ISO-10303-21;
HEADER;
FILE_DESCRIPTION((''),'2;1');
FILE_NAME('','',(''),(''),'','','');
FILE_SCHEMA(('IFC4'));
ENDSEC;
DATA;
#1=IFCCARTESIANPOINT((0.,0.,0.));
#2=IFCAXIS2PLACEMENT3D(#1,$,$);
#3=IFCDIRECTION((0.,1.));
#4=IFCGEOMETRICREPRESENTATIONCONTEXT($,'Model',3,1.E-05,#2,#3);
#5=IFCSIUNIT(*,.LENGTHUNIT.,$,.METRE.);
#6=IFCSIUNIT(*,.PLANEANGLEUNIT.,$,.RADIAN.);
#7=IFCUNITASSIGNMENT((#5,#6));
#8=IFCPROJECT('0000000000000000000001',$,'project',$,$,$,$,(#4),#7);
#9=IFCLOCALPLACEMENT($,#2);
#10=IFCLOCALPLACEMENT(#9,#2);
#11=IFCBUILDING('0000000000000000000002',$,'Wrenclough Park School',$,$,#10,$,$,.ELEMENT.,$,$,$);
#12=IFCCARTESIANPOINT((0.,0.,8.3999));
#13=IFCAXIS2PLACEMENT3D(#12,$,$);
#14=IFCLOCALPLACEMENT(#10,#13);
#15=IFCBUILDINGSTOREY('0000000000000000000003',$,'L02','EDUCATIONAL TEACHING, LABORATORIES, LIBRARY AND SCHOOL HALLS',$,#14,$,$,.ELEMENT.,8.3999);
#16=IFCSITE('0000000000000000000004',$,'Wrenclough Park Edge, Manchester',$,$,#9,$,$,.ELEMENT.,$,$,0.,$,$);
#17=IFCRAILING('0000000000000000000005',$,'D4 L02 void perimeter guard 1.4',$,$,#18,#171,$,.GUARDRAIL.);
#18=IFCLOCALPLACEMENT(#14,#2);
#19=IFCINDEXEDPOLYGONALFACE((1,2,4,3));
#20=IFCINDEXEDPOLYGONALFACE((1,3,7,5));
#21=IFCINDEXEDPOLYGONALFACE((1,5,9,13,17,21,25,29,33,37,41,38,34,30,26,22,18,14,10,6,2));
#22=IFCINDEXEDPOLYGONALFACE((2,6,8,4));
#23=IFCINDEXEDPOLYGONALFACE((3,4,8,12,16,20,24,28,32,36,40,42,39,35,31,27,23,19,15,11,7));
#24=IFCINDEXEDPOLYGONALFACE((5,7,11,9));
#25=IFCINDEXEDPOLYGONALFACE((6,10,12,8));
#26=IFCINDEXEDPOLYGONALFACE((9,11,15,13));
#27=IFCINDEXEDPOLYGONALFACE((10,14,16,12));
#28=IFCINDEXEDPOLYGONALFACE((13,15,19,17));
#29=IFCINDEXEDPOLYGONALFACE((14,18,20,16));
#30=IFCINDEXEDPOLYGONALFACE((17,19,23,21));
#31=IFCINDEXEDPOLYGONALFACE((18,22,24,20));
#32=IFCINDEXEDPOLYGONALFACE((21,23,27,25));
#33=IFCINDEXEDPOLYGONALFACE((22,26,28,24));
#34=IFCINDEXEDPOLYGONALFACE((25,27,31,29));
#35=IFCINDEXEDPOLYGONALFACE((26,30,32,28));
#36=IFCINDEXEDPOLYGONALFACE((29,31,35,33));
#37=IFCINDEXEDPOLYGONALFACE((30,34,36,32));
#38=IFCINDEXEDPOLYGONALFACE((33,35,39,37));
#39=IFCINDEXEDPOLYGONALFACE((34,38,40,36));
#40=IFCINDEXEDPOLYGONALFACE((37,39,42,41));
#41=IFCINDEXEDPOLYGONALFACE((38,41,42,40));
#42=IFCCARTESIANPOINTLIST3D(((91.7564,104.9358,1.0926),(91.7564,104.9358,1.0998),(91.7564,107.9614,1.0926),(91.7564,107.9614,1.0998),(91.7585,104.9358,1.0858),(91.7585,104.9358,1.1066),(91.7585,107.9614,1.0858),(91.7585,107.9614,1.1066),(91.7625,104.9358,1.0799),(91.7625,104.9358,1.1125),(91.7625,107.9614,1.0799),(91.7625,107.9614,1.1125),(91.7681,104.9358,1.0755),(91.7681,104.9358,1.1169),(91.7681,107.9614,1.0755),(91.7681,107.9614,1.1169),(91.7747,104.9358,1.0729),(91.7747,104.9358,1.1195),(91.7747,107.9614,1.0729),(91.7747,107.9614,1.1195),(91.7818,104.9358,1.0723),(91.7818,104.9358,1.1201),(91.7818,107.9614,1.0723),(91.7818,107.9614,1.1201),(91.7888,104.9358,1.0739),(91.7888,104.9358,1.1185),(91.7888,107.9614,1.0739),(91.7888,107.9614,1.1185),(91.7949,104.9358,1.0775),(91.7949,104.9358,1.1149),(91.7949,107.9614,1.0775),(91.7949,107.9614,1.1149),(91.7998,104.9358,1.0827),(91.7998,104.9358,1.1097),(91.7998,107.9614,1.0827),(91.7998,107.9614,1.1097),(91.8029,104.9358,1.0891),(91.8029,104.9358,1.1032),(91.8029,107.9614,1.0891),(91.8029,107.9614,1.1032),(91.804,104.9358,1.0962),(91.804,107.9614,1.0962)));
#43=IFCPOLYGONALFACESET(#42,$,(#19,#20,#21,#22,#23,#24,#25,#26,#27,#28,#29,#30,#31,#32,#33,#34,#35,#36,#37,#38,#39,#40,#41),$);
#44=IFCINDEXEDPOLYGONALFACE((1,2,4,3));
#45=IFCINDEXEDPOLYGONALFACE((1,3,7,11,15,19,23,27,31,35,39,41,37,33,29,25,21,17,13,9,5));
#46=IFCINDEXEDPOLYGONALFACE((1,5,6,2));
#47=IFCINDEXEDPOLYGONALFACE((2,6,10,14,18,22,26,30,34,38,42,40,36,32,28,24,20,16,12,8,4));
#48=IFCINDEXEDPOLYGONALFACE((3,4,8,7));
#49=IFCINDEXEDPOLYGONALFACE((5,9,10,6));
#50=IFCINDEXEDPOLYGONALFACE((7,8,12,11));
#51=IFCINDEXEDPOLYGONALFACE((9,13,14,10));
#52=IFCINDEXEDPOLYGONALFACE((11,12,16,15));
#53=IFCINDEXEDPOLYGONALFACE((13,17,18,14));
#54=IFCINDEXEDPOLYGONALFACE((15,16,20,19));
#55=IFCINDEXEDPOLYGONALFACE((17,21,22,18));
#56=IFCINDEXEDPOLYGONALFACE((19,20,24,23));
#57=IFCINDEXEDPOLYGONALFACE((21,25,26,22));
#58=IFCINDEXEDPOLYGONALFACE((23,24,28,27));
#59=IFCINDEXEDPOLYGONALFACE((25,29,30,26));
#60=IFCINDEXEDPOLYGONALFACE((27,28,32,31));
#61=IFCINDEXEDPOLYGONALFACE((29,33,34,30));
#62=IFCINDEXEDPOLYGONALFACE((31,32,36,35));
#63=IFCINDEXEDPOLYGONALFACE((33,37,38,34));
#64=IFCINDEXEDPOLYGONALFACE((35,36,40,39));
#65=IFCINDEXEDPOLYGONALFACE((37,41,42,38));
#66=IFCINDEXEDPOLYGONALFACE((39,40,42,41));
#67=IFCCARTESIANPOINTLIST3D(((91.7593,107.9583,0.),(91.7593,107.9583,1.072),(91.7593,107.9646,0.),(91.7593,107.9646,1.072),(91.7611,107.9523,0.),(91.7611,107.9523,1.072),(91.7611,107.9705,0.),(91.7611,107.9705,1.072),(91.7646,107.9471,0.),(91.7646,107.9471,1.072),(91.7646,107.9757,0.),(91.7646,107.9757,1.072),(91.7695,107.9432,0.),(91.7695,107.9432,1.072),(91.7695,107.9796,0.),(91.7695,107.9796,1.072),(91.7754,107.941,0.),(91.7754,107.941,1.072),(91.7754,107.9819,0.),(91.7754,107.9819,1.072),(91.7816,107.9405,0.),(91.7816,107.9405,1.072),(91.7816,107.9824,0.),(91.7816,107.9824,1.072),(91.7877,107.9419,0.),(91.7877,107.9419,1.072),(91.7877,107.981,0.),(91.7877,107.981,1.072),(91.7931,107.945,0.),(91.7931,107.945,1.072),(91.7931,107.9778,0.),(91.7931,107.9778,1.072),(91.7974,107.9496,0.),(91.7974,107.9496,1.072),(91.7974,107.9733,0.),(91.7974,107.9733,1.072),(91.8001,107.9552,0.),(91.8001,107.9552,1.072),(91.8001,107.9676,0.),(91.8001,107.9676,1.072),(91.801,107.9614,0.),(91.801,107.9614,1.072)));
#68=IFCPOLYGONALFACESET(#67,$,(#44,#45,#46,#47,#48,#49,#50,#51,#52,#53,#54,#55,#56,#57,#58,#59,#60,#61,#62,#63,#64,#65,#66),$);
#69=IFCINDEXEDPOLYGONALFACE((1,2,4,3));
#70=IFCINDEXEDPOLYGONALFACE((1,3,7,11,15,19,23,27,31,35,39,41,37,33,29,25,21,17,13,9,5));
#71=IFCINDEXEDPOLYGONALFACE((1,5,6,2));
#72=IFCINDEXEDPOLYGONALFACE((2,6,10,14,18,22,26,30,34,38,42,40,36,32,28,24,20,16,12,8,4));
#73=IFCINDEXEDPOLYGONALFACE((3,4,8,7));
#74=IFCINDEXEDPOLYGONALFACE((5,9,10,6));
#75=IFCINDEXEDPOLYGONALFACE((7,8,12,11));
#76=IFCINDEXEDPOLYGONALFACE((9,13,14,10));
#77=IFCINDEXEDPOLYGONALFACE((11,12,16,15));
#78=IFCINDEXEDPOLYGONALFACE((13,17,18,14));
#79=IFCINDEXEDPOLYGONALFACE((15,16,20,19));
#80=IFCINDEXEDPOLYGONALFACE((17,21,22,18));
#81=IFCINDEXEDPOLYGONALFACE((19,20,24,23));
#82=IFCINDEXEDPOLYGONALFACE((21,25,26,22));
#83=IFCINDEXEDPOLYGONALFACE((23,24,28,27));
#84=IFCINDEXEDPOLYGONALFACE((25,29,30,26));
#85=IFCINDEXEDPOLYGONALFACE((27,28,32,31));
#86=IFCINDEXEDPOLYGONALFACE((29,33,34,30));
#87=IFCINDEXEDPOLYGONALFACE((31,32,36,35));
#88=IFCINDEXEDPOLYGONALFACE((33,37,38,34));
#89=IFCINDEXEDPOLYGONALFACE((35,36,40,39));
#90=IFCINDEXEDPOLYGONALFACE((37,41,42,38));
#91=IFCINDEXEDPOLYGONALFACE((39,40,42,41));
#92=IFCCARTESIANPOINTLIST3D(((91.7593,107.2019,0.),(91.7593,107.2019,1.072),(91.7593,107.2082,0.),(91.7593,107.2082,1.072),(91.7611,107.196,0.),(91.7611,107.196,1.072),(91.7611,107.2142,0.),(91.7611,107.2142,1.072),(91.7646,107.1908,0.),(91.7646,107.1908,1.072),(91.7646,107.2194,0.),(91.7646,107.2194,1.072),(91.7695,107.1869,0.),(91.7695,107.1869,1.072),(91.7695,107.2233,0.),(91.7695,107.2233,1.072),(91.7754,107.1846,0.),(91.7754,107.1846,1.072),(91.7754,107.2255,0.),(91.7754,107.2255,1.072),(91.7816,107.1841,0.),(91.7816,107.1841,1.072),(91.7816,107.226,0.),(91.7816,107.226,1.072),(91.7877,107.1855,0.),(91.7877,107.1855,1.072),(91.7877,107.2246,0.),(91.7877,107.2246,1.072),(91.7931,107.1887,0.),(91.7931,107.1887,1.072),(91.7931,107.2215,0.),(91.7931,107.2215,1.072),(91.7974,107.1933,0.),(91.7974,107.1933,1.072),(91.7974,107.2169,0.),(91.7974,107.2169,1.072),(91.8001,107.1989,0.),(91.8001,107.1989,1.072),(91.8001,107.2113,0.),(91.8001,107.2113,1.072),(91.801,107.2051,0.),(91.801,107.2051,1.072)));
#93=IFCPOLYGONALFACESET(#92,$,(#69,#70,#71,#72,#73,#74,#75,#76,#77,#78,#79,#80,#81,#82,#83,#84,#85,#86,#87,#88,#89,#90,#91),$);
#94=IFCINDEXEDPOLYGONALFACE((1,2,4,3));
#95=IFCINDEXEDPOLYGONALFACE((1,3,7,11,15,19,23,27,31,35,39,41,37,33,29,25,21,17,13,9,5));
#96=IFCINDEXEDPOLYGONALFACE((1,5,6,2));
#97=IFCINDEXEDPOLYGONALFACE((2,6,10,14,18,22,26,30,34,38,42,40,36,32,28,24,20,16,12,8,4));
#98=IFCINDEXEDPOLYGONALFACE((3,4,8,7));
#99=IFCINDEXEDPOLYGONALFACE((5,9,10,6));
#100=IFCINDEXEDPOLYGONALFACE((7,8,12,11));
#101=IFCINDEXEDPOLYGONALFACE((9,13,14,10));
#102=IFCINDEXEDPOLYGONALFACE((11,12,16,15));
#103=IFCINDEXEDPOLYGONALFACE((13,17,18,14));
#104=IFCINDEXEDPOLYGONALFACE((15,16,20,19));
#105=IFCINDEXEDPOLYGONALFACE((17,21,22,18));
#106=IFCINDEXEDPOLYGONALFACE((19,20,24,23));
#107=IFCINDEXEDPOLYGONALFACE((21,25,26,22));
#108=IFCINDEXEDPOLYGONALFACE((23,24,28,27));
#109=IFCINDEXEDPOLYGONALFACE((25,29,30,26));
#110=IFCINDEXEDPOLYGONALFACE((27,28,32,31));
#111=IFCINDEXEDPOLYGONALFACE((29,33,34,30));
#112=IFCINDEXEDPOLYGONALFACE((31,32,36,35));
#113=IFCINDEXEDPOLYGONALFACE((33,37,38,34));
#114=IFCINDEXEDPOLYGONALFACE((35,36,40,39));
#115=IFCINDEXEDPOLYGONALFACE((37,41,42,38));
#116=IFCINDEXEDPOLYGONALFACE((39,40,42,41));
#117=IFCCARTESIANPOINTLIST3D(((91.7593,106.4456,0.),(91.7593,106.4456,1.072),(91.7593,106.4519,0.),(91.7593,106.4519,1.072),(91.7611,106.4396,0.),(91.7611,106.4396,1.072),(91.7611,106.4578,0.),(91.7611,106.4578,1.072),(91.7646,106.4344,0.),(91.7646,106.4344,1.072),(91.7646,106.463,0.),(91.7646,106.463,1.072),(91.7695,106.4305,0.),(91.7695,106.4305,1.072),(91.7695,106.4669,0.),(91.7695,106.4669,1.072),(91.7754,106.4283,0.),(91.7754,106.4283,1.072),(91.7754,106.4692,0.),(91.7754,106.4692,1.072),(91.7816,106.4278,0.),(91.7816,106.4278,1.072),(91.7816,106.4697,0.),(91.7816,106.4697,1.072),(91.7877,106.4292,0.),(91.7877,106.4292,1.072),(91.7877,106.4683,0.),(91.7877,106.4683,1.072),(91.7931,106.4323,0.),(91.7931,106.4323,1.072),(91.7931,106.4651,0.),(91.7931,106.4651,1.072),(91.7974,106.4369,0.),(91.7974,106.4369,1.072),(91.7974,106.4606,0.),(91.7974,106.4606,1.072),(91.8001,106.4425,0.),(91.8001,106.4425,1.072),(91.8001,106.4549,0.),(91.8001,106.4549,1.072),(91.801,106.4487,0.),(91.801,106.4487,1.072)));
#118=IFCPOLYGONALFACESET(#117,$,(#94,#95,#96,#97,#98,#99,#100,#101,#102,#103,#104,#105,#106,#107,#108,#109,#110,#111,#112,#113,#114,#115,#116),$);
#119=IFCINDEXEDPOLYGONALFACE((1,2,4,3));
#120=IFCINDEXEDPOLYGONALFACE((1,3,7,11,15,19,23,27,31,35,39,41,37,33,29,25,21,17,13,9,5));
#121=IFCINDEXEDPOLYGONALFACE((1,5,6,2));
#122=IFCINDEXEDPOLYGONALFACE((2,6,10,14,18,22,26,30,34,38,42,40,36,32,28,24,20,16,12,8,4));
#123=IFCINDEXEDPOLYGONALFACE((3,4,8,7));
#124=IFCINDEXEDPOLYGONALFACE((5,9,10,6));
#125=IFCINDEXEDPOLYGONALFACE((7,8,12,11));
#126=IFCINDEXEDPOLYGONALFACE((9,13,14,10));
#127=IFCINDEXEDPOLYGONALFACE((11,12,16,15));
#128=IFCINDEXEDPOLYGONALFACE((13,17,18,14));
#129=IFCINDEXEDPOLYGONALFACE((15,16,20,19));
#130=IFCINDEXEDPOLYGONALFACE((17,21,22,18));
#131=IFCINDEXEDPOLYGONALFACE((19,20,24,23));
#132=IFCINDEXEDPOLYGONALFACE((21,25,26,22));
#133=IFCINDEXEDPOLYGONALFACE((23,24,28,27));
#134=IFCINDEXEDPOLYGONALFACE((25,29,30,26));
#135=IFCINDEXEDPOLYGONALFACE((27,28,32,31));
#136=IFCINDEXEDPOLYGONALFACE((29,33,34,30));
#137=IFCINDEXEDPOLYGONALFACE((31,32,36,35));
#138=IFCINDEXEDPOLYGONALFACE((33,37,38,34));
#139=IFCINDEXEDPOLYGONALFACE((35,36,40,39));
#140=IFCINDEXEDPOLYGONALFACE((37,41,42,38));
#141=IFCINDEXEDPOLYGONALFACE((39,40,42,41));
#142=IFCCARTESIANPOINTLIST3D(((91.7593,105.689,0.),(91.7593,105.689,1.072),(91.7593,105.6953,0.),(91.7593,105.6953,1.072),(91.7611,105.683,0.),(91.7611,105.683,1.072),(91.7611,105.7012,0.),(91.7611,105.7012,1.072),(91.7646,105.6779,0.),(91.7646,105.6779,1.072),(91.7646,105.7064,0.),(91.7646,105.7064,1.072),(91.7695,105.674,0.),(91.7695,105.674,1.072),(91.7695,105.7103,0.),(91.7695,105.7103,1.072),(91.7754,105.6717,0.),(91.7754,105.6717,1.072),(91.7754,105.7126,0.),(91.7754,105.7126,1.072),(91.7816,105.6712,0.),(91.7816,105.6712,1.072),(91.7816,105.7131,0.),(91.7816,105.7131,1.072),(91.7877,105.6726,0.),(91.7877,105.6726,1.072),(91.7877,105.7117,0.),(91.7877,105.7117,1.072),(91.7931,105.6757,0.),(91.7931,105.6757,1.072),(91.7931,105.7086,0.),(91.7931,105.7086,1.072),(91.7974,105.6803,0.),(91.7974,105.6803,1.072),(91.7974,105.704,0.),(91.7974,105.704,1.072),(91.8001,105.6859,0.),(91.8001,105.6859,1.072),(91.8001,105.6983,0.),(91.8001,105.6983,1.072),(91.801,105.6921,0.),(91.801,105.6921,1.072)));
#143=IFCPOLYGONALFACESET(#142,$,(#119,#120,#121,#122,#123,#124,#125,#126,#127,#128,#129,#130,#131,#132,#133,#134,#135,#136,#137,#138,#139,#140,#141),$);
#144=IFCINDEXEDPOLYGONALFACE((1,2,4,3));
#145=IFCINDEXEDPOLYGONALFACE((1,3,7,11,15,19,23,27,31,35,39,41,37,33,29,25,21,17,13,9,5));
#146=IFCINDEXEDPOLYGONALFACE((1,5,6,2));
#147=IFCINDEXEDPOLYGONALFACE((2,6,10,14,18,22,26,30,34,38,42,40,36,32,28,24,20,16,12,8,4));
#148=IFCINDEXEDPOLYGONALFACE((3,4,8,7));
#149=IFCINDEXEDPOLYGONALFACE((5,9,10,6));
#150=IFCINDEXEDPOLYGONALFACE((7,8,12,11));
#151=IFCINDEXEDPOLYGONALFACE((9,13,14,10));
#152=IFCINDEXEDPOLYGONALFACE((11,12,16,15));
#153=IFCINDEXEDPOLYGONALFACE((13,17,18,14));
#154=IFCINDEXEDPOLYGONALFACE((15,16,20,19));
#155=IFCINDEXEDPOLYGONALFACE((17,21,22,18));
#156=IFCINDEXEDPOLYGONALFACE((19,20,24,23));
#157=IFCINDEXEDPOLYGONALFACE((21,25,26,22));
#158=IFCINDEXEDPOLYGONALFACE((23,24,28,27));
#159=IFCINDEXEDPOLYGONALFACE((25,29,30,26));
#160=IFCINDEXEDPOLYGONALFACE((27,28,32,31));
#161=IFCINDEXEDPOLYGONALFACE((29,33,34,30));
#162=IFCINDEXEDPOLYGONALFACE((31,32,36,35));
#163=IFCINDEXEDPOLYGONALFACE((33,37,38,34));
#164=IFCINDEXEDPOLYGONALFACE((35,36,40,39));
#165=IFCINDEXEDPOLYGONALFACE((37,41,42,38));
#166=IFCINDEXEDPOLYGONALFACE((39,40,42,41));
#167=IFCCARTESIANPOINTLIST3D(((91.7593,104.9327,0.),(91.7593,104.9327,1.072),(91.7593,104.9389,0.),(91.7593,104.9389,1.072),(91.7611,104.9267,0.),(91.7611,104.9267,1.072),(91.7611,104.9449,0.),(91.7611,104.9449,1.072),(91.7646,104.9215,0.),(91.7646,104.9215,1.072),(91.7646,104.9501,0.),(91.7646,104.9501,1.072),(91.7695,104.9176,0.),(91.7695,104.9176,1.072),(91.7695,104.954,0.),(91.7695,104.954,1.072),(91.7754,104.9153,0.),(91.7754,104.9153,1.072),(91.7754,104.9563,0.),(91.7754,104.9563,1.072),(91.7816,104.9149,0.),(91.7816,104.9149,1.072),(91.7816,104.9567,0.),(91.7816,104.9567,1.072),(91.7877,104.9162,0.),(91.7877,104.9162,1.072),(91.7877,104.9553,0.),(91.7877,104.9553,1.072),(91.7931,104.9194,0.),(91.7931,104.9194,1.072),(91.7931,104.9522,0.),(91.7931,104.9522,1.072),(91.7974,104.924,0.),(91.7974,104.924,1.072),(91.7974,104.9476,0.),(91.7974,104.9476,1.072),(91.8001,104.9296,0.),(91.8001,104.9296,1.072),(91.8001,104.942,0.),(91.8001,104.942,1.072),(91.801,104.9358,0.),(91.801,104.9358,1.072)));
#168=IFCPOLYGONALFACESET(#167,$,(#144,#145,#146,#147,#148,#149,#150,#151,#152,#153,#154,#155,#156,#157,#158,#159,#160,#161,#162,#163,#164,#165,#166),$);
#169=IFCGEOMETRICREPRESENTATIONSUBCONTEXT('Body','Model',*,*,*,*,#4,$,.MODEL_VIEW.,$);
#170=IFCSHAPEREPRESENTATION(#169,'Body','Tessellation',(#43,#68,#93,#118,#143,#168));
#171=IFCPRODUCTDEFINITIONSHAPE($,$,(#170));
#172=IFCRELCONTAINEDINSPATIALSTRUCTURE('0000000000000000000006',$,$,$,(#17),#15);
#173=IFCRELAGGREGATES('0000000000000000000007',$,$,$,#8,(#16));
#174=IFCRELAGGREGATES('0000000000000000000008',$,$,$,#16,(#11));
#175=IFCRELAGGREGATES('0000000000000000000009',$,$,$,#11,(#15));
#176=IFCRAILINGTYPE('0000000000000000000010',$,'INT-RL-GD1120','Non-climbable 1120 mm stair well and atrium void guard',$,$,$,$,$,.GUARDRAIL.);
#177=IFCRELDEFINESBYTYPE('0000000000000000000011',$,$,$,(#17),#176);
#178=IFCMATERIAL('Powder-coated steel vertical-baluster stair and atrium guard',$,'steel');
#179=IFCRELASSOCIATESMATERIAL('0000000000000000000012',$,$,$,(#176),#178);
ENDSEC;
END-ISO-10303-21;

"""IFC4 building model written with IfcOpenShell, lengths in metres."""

from ifc_helpers import new_model, si_unit, direction, frame, origin, origin_2d, place, context, subcontext, project, spatial, circle, extrude, material, type_object, element, save


model = new_model("IFC4")

# Units and contexts
model_context = context("Model", 3, precision=1e-05, world=origin(), true_north=direction((0.0, 1.0)))
body_context = subcontext(model_context, "Body", "Model", "MODEL_VIEW")
ifc_project = project(units=[si_unit("LENGTHUNIT", "METRE"), si_unit("PLANEANGLEUNIT", "RADIAN")], contexts=[model_context])

# Site, building, storey
site_placement = place(None, origin())
site = spatial("IfcSite", under=ifc_project, at=site_placement, Name="Wrenclough Park Edge, Manchester", CompositionType="ELEMENT", RefElevation=0.0)
building_placement = place(site_placement, origin())
building = spatial("IfcBuilding", under=site, at=building_placement, Name="Wrenclough Park School", CompositionType="ELEMENT")
storey_placement = place(building_placement, frame((0.0, 0.0, 8.3999)))
storey = spatial("IfcBuildingStorey", under=building, at=storey_placement, Name="L02", Description="EDUCATIONAL TEACHING, LABORATORIES, LIBRARY AND SCHOOL HALLS", CompositionType="ELEMENT", Elevation=8.3999)

# Railing
ifc_material_1 = material(Name="Powder-coated steel vertical-baluster stair and atrium guard", Category="steel")
railing_type = type_object("IfcRailingType", Name="INT-RL-GD1120", Description="Non-climbable 1120 mm stair well and atrium void guard", PredefinedType="GUARDRAIL", material=ifc_material_1)
railing_1_placement = place(storey_placement, frame((91.78, 107.9614, 0.0)))
element("IfcRailing", 1, at=railing_1_placement, inside=storey, type_object=railing_type, Name="D4 L02 void perimeter guard 1.4", PredefinedType="GUARDRAIL", context=body_context, shape_type="SweptSolid", body=[
    extrude(circle(Radius=0.0239, at=origin_2d()), frame((0.0, 0.0, 1.0962), z_axis=(0.0, -1.0, 0.0), x_axis=(1.0, 0.0, 0.0)), (0.0, 0.0, 1.0), 3.0256),
    extrude(circle(Radius=0.021, at=origin_2d()), origin(), (0.0, 0.0, 1.0), 1.072),
    extrude(circle(Radius=0.021, at=origin_2d()), frame((0.0, -0.7563, 0.0)), (0.0, 0.0, 1.0), 1.072),
    extrude(circle(Radius=0.021, at=origin_2d()), frame((0.0, -1.5127, 0.0)), (0.0, 0.0, 1.0), 1.072),
    extrude(circle(Radius=0.021, at=origin_2d()), frame((0.0, -2.2693, 0.0)), (0.0, 0.0, 1.0), 1.072),
    extrude(circle(Radius=0.021, at=origin_2d()), frame((0.0, -3.0256, 0.0)), (0.0, 0.0, 1.0), 1.072),
])

save(model, "model.ifc")
